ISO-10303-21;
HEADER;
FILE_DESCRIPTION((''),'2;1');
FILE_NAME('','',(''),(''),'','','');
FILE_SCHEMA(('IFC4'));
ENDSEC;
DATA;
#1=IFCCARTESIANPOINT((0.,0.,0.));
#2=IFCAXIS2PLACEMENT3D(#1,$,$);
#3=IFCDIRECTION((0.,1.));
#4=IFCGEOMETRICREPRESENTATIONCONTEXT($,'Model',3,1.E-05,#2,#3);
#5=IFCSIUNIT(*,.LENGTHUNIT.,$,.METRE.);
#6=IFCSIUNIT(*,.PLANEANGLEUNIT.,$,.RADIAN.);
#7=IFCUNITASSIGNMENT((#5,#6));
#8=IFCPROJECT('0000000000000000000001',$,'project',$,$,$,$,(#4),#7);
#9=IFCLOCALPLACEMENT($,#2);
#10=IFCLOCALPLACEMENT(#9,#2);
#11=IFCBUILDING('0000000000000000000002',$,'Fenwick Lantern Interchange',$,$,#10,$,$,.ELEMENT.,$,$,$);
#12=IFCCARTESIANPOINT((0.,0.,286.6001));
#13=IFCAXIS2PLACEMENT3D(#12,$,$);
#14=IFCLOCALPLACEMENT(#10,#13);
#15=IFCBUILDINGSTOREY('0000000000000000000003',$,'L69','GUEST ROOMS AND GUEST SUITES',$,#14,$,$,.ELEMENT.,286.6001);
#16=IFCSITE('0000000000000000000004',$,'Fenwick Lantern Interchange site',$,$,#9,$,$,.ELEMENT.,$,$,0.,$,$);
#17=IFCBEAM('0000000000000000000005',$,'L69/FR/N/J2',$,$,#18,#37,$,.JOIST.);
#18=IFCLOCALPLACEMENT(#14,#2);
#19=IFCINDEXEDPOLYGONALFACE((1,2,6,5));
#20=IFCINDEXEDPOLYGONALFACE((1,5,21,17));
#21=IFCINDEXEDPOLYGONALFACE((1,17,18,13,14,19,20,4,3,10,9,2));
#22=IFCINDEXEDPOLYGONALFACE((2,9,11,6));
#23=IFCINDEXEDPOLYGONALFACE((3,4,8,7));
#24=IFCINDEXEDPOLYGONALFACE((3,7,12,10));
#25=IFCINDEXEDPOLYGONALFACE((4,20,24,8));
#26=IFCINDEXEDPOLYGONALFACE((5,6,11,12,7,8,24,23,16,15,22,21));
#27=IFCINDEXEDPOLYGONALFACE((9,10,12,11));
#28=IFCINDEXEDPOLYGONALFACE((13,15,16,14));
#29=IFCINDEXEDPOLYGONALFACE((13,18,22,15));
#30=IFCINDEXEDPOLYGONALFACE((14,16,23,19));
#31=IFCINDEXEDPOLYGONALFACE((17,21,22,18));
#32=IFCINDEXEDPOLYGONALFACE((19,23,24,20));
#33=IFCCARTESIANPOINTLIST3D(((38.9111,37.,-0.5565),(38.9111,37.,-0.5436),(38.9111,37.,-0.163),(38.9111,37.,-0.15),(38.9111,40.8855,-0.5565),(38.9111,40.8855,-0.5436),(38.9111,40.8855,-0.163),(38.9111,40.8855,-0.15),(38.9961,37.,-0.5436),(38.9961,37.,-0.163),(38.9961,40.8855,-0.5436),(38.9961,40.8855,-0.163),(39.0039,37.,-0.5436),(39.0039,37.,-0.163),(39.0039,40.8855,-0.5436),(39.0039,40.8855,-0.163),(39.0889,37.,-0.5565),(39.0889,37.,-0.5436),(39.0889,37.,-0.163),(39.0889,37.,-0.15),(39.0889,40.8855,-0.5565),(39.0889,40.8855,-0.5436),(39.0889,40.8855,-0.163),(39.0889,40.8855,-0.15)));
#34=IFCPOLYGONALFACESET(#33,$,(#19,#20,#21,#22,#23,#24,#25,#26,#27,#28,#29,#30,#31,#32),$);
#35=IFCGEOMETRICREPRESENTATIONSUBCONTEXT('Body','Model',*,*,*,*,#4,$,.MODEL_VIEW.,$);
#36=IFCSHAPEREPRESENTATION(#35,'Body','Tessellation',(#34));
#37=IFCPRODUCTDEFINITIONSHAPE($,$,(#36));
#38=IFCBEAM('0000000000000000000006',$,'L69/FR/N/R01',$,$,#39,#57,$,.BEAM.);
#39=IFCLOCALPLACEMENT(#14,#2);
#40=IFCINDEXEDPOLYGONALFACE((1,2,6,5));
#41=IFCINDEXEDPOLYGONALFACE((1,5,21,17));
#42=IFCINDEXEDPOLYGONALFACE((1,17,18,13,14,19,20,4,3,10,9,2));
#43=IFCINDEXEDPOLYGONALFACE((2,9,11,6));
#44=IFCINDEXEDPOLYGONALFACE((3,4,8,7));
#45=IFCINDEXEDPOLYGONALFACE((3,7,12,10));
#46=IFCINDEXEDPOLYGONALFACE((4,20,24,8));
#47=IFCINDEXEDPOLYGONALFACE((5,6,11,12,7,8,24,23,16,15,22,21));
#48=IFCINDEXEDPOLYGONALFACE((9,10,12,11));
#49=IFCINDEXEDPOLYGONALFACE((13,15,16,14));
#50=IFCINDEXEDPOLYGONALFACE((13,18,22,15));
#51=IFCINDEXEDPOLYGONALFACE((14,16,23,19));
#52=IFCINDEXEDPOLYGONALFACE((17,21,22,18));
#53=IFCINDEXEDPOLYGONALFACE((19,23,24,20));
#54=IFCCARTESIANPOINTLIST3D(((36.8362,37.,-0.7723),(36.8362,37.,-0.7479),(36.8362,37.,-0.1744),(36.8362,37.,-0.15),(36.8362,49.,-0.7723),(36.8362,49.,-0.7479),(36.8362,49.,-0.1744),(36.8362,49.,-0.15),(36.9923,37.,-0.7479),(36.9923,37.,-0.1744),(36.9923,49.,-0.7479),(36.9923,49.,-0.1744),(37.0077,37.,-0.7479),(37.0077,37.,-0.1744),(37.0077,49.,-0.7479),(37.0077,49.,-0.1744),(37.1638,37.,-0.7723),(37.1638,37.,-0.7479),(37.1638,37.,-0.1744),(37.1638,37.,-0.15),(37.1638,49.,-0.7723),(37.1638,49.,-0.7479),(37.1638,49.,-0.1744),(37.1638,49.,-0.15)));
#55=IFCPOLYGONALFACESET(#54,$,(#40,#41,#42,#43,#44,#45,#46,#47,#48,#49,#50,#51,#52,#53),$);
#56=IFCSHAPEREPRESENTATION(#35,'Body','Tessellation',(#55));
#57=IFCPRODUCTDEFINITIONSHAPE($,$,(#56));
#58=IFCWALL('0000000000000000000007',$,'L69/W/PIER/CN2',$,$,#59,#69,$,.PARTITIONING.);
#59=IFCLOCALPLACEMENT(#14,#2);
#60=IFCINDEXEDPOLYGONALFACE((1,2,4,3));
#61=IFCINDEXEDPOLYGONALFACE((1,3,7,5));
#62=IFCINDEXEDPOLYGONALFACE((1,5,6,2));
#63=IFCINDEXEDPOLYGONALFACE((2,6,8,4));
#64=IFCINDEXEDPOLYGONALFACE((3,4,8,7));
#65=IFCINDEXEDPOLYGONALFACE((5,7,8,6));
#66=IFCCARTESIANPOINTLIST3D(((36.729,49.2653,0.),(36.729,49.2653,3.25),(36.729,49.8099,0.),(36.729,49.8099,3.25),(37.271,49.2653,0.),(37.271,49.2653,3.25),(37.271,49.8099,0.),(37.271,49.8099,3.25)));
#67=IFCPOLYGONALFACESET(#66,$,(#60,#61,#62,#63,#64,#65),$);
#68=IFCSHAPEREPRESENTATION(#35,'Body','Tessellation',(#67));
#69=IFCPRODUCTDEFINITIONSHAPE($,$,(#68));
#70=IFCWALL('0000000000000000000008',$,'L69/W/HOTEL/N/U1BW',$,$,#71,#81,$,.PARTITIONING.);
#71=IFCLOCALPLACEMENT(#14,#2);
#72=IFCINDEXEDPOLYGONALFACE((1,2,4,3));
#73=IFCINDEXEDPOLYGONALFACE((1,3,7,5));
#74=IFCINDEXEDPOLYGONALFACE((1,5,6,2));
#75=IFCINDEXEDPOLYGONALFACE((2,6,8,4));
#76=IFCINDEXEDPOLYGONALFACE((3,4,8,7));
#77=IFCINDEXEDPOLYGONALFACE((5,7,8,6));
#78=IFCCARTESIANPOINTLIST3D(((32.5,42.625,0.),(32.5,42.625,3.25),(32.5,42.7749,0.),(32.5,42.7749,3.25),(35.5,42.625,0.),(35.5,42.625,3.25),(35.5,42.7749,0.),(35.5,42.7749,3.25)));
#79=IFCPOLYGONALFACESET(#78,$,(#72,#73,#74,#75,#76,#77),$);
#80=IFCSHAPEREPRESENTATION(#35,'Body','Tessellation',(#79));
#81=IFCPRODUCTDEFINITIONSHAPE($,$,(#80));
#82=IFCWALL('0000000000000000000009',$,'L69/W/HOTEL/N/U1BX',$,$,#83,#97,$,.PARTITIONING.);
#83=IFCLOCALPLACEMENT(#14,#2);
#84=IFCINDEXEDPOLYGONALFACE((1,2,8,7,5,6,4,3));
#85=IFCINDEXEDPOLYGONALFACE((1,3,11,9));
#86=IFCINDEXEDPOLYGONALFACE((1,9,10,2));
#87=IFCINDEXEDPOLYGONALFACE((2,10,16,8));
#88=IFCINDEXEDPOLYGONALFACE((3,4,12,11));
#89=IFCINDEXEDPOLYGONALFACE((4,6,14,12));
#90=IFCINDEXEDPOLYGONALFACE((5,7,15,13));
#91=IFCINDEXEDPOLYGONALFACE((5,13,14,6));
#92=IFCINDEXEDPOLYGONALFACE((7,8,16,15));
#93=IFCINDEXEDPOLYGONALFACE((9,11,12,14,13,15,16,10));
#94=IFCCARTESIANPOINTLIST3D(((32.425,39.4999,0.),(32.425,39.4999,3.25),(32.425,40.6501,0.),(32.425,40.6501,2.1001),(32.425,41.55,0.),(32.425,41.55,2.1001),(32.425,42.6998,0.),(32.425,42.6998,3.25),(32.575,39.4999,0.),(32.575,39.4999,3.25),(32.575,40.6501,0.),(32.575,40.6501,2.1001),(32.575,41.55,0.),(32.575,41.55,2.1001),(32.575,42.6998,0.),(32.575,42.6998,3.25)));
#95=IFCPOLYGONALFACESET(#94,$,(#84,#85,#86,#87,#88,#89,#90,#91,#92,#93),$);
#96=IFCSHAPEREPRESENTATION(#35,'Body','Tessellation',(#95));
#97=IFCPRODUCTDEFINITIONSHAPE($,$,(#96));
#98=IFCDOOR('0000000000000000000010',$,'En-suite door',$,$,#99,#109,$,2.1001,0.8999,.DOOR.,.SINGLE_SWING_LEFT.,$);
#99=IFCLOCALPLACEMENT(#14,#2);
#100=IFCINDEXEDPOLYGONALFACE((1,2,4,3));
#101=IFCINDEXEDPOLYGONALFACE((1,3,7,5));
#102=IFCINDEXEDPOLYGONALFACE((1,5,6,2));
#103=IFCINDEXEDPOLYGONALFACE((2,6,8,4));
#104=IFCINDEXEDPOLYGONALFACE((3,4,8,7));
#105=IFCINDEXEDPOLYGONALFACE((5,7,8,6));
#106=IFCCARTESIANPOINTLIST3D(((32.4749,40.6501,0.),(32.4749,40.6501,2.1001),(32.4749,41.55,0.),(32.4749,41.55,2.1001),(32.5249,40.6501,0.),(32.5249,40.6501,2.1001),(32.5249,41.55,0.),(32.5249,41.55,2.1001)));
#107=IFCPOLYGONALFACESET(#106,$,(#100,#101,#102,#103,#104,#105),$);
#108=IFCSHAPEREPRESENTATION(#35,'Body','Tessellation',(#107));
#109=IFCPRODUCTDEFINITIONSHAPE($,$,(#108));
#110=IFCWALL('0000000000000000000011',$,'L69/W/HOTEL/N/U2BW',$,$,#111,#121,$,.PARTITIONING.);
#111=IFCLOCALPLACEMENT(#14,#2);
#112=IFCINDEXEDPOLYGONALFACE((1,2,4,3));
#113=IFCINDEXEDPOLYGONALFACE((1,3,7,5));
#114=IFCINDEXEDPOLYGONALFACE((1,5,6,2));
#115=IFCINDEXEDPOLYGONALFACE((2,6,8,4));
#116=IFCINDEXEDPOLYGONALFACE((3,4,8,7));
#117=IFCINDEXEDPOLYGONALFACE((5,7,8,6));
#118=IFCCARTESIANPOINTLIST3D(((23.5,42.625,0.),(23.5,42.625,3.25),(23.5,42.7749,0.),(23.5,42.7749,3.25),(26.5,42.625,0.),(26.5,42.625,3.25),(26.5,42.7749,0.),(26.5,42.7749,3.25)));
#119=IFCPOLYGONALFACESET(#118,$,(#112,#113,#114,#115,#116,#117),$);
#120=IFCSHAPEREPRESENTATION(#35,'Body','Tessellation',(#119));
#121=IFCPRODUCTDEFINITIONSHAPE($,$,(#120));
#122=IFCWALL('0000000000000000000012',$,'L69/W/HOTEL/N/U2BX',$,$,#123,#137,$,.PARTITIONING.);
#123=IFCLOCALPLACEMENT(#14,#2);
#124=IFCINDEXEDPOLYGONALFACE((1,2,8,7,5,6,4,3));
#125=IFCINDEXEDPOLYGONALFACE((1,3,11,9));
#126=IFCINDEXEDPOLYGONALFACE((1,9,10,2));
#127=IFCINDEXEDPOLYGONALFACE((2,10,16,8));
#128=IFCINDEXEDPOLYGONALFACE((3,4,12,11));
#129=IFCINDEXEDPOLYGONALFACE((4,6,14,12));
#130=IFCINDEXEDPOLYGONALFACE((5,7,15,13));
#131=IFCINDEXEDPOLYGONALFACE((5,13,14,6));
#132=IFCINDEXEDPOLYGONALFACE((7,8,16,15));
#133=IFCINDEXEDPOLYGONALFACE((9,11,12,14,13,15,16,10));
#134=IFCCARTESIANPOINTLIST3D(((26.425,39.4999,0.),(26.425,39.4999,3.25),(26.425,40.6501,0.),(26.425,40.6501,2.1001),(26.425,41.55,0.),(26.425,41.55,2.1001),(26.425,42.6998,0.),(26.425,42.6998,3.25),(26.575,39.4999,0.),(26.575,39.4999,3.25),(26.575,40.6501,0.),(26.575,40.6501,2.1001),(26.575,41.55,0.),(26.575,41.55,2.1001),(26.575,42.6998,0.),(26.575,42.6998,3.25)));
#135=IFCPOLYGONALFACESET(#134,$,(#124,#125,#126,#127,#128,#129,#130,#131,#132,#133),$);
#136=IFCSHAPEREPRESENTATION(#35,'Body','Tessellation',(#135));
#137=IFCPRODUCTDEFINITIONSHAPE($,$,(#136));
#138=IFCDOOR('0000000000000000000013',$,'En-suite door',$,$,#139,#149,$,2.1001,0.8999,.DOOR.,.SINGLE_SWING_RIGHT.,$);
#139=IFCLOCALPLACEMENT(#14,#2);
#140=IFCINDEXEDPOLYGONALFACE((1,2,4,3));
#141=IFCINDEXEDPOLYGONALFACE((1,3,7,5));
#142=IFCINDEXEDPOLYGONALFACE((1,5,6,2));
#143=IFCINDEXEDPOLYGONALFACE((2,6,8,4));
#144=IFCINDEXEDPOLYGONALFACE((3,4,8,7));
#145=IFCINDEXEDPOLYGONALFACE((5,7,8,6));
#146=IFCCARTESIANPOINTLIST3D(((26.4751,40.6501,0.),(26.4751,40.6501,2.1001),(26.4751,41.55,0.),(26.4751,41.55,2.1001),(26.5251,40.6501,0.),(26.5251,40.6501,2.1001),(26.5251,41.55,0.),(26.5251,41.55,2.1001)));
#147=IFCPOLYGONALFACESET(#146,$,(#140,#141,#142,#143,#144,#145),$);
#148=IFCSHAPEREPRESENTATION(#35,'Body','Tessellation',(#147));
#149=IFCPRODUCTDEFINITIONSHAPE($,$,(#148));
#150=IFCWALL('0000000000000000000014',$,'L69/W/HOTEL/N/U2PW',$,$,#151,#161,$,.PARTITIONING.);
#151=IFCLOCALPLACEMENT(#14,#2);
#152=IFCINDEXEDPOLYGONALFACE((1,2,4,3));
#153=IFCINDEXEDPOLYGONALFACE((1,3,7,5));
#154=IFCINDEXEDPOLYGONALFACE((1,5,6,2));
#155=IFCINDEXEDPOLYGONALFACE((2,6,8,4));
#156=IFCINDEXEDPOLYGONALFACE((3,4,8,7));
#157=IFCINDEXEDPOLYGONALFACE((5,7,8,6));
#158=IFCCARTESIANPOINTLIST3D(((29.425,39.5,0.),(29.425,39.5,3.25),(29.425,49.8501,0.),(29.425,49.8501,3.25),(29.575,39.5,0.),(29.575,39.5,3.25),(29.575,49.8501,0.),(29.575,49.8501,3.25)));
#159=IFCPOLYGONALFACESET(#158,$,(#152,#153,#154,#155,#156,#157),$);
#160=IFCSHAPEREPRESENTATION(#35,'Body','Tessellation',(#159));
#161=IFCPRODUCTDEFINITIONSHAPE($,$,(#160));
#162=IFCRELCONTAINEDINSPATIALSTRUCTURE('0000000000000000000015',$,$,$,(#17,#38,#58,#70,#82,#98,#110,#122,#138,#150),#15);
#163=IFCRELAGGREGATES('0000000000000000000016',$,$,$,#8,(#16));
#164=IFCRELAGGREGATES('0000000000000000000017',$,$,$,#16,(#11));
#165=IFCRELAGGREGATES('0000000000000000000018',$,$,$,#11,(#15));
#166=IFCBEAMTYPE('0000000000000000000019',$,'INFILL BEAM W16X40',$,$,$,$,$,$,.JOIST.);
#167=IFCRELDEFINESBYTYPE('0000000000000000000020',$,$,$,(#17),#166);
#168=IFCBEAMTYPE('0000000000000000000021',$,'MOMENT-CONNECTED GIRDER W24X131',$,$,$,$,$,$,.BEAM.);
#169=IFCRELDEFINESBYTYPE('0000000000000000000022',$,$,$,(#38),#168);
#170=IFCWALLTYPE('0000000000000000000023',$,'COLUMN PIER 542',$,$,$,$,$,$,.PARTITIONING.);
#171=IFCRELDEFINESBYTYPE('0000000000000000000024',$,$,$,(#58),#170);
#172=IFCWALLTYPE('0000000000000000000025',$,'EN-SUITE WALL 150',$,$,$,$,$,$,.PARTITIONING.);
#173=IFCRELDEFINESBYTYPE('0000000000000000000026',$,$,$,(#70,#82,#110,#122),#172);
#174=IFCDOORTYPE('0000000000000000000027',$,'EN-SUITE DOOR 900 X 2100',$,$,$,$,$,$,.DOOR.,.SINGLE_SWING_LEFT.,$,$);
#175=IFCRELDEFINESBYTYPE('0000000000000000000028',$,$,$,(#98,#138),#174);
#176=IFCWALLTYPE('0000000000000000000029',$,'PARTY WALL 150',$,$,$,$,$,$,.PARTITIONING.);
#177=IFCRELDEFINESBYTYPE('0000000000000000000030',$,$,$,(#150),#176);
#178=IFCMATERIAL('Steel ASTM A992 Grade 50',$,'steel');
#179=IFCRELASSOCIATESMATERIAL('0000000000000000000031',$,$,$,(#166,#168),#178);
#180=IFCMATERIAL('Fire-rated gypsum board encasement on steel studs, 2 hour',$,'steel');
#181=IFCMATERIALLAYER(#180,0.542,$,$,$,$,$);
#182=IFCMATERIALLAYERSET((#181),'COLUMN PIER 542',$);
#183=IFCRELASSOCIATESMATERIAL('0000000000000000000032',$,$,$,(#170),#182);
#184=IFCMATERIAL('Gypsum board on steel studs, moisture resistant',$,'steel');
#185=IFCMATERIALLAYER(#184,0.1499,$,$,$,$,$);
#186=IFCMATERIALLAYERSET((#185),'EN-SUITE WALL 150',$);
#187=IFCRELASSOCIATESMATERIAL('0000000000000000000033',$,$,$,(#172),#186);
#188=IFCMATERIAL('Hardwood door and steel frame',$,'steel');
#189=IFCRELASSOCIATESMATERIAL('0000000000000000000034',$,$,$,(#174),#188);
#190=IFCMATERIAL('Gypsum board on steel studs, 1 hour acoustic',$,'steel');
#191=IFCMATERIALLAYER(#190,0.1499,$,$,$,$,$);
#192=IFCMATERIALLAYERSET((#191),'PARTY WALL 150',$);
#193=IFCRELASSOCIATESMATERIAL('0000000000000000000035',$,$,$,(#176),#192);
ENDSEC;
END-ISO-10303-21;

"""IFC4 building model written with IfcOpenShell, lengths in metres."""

from ifc_helpers import new_model, si_unit, direction, frame, frame_2d, origin, origin_2d, place, context, subcontext, project, spatial, rectangle, i_section, extrude, material, layer, layer_set, material_profile, profile_set, type_object, element, fill, save


model = new_model("IFC4")

# Units and contexts
model_context = context("Model", 3, precision=1e-05, world=origin(), true_north=direction((0.0, 1.0)))
body_context = subcontext(model_context, "Body", "Model", "MODEL_VIEW")
ifc_project = project(units=[si_unit("LENGTHUNIT", "METRE"), si_unit("PLANEANGLEUNIT", "RADIAN")], contexts=[model_context])

# Site, building, storey
site_placement = place(None, origin())
site = spatial("IfcSite", under=ifc_project, at=site_placement, Name="Fenwick Lantern Interchange site", CompositionType="ELEMENT", RefElevation=0.0)
building_placement = place(site_placement, origin())
building = spatial("IfcBuilding", under=site, at=building_placement, Name="Fenwick Lantern Interchange", CompositionType="ELEMENT")
storey_placement = place(building_placement, frame((0.0, 0.0, 286.6001)))
storey = spatial("IfcBuildingStorey", under=building, at=storey_placement, Name="L69", Description="GUEST ROOMS AND GUEST SUITES", CompositionType="ELEMENT", Elevation=286.6001)

# Shared definitions
ifc_material_1 = material(Name="Steel ASTM A992 Grade 50", Category="steel")

# Beams
ifc_material_profile_1 = material_profile(ifc_material_1, i_section(OverallWidth=0.1777, OverallDepth=0.4065, WebThickness=0.0078, FlangeThickness=0.0129, at=origin_2d()), Name="W16X40")
ifc_profile_set_1 = profile_set([ifc_material_profile_1], Name="Steel ASTM A992 Grade 50")
beam_type_1 = type_object("IfcBeamType", Name="INFILL BEAM W16X40", PredefinedType="JOIST", material=ifc_profile_set_1)
beam_1_placement = place(storey_placement, frame((39.0, 40.8855, -0.3533), z_axis=(0.0, -1.0, 0.0), x_axis=(1.0, 0.0, 0.0)))
element("IfcBeam", 1, at=beam_1_placement, inside=storey, type_object=beam_type_1, Name="L69/FR/N/J2", PredefinedType="JOIST", context=body_context, shape_type="SweptSolid", body=[
    extrude(i_section(OverallWidth=0.1777, OverallDepth=0.4065, WebThickness=0.0078, FlangeThickness=0.0129, at=origin_2d()), origin(), (0.0, 0.0, 1.0), 3.8855),
])
ifc_material_profile_2 = material_profile(ifc_material_1, i_section(OverallWidth=0.3276, OverallDepth=0.6223, WebThickness=0.0154, FlangeThickness=0.0244, at=origin_2d()), Name="W24X131")
ifc_profile_set_2 = profile_set([ifc_material_profile_2], Name="Steel ASTM A992 Grade 50")
beam_type_2 = type_object("IfcBeamType", Name="MOMENT-CONNECTED GIRDER W24X131", PredefinedType="BEAM", material=ifc_profile_set_2)
beam_2_placement = place(storey_placement, frame((37.0, 49.0, -0.4612), z_axis=(0.0, -1.0, 0.0), x_axis=(1.0, 0.0, 0.0)))
element("IfcBeam", 2, at=beam_2_placement, inside=storey, type_object=beam_type_2, Name="L69/FR/N/R01", PredefinedType="BEAM", context=body_context, shape_type="SweptSolid", body=[
    extrude(i_section(OverallWidth=0.3276, OverallDepth=0.6223, WebThickness=0.0154, FlangeThickness=0.0244, at=origin_2d()), origin(), (0.0, 0.0, 1.0), 12.0),
])

# Walls
ifc_material_2 = material(Name="Fire-rated gypsum board encasement on steel studs, 2 hour", Category="steel")
ifc_layer_1 = layer(ifc_material_2, 0.542)
ifc_layer_set_1 = layer_set([ifc_layer_1], Name="COLUMN PIER 542")
wall_type_1 = type_object("IfcWallType", Name="COLUMN PIER 542", PredefinedType="PARTITIONING", material=ifc_layer_set_1)
wall_1_placement = place(storey_placement, frame((37.0, 49.8101, 0.0), z_axis=(0.0, 0.0, 1.0), x_axis=(0.0, -1.0, 0.0)))
element("IfcWall", 3, at=wall_1_placement, inside=storey, type_object=wall_type_1, Name="L69/W/PIER/CN2", PredefinedType="PARTITIONING", context=body_context, shape_type="SweptSolid", body=[
    extrude(rectangle(XDim=0.5447, YDim=0.542, at=frame_2d((0.2725, 0.0))), origin(), (0.0, 0.0, 1.0), 3.25),
])
ifc_material_3 = material(Name="Gypsum board on steel studs, moisture resistant", Category="steel")
ifc_layer_2 = layer(ifc_material_3, 0.1499)
ifc_layer_set_2 = layer_set([ifc_layer_2], Name="EN-SUITE WALL 150")
wall_type_2 = type_object("IfcWallType", Name="EN-SUITE WALL 150", PredefinedType="PARTITIONING", material=ifc_layer_set_2)
wall_2_placement = place(storey_placement, frame((35.5, 42.7, 0.0), z_axis=(0.0, 0.0, 1.0), x_axis=(-1.0, 0.0, 0.0)))
element("IfcWall", 4, at=wall_2_placement, inside=storey, type_object=wall_type_2, Name="L69/W/HOTEL/N/U1BW", PredefinedType="PARTITIONING", context=body_context, shape_type="SweptSolid", body=[
    extrude(rectangle(XDim=3.0, YDim=0.1499, at=frame_2d((1.5, 0.0))), origin(), (0.0, 0.0, 1.0), 3.25),
])

# Wall, opening, door
wall_3_placement = place(storey_placement, frame((32.5, 42.7, 0.0), z_axis=(0.0, 0.0, 1.0), x_axis=(0.0, -1.0, 0.0)))
wall_3 = element("IfcWall", 5, at=wall_3_placement, inside=storey, type_object=wall_type_2, Name="L69/W/HOTEL/N/U1BX", PredefinedType="PARTITIONING", context=body_context, shape_type="SweptSolid", body=[
    extrude(rectangle(XDim=3.2, YDim=0.1499, at=frame_2d((1.6001, 0.0))), origin(), (0.0, 0.0, 1.0), 3.25),
])
opening_1_placement = place(wall_3_placement, frame((1.1499, 0.0, 0.0)))
opening_1 = element("IfcOpeningElement", 6, at=opening_1_placement, cuts=wall_3, PredefinedType="OPENING", context=body_context, shape_type="SweptSolid", body=[
    extrude(rectangle(XDim=0.8999, YDim=2.1001, at=frame_2d((0.45, 1.05))), frame((0.0, 0.085, 0.0), z_axis=(0.0, -1.0, 0.0), x_axis=(1.0, 0.0, 0.0)), (0.0, 0.0, 1.0), 0.1699),
])
ifc_material_4 = material(Name="Hardwood door and steel frame", Category="steel")
door_type_1 = type_object("IfcDoorType", Name="EN-SUITE DOOR 900 X 2100", OperationType="SINGLE_SWING_LEFT", PredefinedType="DOOR", material=ifc_material_4)
door_1_placement = place(opening_1_placement, origin())
door_1 = element("IfcDoor", 7, at=door_1_placement, inside=storey, type_object=door_type_1, Name="En-suite door", OperationType="SINGLE_SWING_LEFT", OverallHeight=2.1001, OverallWidth=0.8999, PredefinedType="DOOR", context=body_context, shape_type="SweptSolid", body=[
    extrude(rectangle(XDim=0.8999, YDim=2.1001, at=frame_2d((0.45, 1.05))), frame((0.0, 0.0249, 0.0), z_axis=(0.0, -1.0, 0.0), x_axis=(1.0, 0.0, 0.0)), (0.0, 0.0, 1.0), 0.05),
])
fill(opening_1, door_1)

# Wall
wall_4_placement = place(storey_placement, frame((26.5, 42.7, 0.0), z_axis=(0.0, 0.0, 1.0), x_axis=(-1.0, 0.0, 0.0)))
element("IfcWall", 8, at=wall_4_placement, inside=storey, type_object=wall_type_2, Name="L69/W/HOTEL/N/U2BW", PredefinedType="PARTITIONING", context=body_context, shape_type="SweptSolid", body=[
    extrude(rectangle(XDim=3.0, YDim=0.1499, at=frame_2d((1.5, 0.0))), origin(), (0.0, 0.0, 1.0), 3.25),
])

# Wall, opening, door
wall_5_placement = place(storey_placement, frame((26.5, 42.7, 0.0), z_axis=(0.0, 0.0, 1.0), x_axis=(0.0, -1.0, 0.0)))
wall_5 = element("IfcWall", 9, at=wall_5_placement, inside=storey, type_object=wall_type_2, Name="L69/W/HOTEL/N/U2BX", PredefinedType="PARTITIONING", context=body_context, shape_type="SweptSolid", body=[
    extrude(rectangle(XDim=3.2, YDim=0.1499, at=frame_2d((1.6001, 0.0))), origin(), (0.0, 0.0, 1.0), 3.25),
])
opening_2_placement = place(wall_5_placement, frame((1.1499, 0.0, 0.0)))
opening_2 = element("IfcOpeningElement", 10, at=opening_2_placement, cuts=wall_5, PredefinedType="OPENING", context=body_context, shape_type="SweptSolid", body=[
    extrude(rectangle(XDim=0.8999, YDim=2.1001, at=frame_2d((0.45, 1.05))), frame((0.0, 0.085, 0.0), z_axis=(0.0, -1.0, 0.0), x_axis=(1.0, 0.0, 0.0)), (0.0, 0.0, 1.0), 0.1699),
])
door_2_placement = place(opening_2_placement, frame((0.8999, 0.0, 0.0), z_axis=(0.0, 0.0, 1.0), x_axis=(-1.0, 0.0, 0.0)))
door_2 = element("IfcDoor", 11, at=door_2_placement, inside=storey, type_object=door_type_1, Name="En-suite door", OperationType="SINGLE_SWING_RIGHT", OverallHeight=2.1001, OverallWidth=0.8999, PredefinedType="DOOR", context=body_context, shape_type="SweptSolid", body=[
    extrude(rectangle(XDim=0.8999, YDim=2.1001, at=frame_2d((0.45, 1.05))), frame((0.0, 0.0249, 0.0), z_axis=(0.0, -1.0, 0.0), x_axis=(1.0, 0.0, 0.0)), (0.0, 0.0, 1.0), 0.05),
])
fill(opening_2, door_2)

# Wall
ifc_material_5 = material(Name="Gypsum board on steel studs, 1 hour acoustic", Category="steel")
ifc_layer_3 = layer(ifc_material_5, 0.1499)
ifc_layer_set_3 = layer_set([ifc_layer_3], Name="PARTY WALL 150")
wall_type_3 = type_object("IfcWallType", Name="PARTY WALL 150", PredefinedType="PARTITIONING", material=ifc_layer_set_3)
wall_6_placement = place(storey_placement, frame((29.5, 49.8501, 0.0), z_axis=(0.0, 0.0, 1.0), x_axis=(0.0, -1.0, 0.0)))
element("IfcWall", 12, at=wall_6_placement, inside=storey, type_object=wall_type_3, Name="L69/W/HOTEL/N/U2PW", PredefinedType="PARTITIONING", context=body_context, shape_type="SweptSolid", body=[
    extrude(rectangle(XDim=10.3501, YDim=0.1499, at=frame_2d((5.175, 0.0))), origin(), (0.0, 0.0, 1.0), 3.25),
])

save(model, "model.ifc")
